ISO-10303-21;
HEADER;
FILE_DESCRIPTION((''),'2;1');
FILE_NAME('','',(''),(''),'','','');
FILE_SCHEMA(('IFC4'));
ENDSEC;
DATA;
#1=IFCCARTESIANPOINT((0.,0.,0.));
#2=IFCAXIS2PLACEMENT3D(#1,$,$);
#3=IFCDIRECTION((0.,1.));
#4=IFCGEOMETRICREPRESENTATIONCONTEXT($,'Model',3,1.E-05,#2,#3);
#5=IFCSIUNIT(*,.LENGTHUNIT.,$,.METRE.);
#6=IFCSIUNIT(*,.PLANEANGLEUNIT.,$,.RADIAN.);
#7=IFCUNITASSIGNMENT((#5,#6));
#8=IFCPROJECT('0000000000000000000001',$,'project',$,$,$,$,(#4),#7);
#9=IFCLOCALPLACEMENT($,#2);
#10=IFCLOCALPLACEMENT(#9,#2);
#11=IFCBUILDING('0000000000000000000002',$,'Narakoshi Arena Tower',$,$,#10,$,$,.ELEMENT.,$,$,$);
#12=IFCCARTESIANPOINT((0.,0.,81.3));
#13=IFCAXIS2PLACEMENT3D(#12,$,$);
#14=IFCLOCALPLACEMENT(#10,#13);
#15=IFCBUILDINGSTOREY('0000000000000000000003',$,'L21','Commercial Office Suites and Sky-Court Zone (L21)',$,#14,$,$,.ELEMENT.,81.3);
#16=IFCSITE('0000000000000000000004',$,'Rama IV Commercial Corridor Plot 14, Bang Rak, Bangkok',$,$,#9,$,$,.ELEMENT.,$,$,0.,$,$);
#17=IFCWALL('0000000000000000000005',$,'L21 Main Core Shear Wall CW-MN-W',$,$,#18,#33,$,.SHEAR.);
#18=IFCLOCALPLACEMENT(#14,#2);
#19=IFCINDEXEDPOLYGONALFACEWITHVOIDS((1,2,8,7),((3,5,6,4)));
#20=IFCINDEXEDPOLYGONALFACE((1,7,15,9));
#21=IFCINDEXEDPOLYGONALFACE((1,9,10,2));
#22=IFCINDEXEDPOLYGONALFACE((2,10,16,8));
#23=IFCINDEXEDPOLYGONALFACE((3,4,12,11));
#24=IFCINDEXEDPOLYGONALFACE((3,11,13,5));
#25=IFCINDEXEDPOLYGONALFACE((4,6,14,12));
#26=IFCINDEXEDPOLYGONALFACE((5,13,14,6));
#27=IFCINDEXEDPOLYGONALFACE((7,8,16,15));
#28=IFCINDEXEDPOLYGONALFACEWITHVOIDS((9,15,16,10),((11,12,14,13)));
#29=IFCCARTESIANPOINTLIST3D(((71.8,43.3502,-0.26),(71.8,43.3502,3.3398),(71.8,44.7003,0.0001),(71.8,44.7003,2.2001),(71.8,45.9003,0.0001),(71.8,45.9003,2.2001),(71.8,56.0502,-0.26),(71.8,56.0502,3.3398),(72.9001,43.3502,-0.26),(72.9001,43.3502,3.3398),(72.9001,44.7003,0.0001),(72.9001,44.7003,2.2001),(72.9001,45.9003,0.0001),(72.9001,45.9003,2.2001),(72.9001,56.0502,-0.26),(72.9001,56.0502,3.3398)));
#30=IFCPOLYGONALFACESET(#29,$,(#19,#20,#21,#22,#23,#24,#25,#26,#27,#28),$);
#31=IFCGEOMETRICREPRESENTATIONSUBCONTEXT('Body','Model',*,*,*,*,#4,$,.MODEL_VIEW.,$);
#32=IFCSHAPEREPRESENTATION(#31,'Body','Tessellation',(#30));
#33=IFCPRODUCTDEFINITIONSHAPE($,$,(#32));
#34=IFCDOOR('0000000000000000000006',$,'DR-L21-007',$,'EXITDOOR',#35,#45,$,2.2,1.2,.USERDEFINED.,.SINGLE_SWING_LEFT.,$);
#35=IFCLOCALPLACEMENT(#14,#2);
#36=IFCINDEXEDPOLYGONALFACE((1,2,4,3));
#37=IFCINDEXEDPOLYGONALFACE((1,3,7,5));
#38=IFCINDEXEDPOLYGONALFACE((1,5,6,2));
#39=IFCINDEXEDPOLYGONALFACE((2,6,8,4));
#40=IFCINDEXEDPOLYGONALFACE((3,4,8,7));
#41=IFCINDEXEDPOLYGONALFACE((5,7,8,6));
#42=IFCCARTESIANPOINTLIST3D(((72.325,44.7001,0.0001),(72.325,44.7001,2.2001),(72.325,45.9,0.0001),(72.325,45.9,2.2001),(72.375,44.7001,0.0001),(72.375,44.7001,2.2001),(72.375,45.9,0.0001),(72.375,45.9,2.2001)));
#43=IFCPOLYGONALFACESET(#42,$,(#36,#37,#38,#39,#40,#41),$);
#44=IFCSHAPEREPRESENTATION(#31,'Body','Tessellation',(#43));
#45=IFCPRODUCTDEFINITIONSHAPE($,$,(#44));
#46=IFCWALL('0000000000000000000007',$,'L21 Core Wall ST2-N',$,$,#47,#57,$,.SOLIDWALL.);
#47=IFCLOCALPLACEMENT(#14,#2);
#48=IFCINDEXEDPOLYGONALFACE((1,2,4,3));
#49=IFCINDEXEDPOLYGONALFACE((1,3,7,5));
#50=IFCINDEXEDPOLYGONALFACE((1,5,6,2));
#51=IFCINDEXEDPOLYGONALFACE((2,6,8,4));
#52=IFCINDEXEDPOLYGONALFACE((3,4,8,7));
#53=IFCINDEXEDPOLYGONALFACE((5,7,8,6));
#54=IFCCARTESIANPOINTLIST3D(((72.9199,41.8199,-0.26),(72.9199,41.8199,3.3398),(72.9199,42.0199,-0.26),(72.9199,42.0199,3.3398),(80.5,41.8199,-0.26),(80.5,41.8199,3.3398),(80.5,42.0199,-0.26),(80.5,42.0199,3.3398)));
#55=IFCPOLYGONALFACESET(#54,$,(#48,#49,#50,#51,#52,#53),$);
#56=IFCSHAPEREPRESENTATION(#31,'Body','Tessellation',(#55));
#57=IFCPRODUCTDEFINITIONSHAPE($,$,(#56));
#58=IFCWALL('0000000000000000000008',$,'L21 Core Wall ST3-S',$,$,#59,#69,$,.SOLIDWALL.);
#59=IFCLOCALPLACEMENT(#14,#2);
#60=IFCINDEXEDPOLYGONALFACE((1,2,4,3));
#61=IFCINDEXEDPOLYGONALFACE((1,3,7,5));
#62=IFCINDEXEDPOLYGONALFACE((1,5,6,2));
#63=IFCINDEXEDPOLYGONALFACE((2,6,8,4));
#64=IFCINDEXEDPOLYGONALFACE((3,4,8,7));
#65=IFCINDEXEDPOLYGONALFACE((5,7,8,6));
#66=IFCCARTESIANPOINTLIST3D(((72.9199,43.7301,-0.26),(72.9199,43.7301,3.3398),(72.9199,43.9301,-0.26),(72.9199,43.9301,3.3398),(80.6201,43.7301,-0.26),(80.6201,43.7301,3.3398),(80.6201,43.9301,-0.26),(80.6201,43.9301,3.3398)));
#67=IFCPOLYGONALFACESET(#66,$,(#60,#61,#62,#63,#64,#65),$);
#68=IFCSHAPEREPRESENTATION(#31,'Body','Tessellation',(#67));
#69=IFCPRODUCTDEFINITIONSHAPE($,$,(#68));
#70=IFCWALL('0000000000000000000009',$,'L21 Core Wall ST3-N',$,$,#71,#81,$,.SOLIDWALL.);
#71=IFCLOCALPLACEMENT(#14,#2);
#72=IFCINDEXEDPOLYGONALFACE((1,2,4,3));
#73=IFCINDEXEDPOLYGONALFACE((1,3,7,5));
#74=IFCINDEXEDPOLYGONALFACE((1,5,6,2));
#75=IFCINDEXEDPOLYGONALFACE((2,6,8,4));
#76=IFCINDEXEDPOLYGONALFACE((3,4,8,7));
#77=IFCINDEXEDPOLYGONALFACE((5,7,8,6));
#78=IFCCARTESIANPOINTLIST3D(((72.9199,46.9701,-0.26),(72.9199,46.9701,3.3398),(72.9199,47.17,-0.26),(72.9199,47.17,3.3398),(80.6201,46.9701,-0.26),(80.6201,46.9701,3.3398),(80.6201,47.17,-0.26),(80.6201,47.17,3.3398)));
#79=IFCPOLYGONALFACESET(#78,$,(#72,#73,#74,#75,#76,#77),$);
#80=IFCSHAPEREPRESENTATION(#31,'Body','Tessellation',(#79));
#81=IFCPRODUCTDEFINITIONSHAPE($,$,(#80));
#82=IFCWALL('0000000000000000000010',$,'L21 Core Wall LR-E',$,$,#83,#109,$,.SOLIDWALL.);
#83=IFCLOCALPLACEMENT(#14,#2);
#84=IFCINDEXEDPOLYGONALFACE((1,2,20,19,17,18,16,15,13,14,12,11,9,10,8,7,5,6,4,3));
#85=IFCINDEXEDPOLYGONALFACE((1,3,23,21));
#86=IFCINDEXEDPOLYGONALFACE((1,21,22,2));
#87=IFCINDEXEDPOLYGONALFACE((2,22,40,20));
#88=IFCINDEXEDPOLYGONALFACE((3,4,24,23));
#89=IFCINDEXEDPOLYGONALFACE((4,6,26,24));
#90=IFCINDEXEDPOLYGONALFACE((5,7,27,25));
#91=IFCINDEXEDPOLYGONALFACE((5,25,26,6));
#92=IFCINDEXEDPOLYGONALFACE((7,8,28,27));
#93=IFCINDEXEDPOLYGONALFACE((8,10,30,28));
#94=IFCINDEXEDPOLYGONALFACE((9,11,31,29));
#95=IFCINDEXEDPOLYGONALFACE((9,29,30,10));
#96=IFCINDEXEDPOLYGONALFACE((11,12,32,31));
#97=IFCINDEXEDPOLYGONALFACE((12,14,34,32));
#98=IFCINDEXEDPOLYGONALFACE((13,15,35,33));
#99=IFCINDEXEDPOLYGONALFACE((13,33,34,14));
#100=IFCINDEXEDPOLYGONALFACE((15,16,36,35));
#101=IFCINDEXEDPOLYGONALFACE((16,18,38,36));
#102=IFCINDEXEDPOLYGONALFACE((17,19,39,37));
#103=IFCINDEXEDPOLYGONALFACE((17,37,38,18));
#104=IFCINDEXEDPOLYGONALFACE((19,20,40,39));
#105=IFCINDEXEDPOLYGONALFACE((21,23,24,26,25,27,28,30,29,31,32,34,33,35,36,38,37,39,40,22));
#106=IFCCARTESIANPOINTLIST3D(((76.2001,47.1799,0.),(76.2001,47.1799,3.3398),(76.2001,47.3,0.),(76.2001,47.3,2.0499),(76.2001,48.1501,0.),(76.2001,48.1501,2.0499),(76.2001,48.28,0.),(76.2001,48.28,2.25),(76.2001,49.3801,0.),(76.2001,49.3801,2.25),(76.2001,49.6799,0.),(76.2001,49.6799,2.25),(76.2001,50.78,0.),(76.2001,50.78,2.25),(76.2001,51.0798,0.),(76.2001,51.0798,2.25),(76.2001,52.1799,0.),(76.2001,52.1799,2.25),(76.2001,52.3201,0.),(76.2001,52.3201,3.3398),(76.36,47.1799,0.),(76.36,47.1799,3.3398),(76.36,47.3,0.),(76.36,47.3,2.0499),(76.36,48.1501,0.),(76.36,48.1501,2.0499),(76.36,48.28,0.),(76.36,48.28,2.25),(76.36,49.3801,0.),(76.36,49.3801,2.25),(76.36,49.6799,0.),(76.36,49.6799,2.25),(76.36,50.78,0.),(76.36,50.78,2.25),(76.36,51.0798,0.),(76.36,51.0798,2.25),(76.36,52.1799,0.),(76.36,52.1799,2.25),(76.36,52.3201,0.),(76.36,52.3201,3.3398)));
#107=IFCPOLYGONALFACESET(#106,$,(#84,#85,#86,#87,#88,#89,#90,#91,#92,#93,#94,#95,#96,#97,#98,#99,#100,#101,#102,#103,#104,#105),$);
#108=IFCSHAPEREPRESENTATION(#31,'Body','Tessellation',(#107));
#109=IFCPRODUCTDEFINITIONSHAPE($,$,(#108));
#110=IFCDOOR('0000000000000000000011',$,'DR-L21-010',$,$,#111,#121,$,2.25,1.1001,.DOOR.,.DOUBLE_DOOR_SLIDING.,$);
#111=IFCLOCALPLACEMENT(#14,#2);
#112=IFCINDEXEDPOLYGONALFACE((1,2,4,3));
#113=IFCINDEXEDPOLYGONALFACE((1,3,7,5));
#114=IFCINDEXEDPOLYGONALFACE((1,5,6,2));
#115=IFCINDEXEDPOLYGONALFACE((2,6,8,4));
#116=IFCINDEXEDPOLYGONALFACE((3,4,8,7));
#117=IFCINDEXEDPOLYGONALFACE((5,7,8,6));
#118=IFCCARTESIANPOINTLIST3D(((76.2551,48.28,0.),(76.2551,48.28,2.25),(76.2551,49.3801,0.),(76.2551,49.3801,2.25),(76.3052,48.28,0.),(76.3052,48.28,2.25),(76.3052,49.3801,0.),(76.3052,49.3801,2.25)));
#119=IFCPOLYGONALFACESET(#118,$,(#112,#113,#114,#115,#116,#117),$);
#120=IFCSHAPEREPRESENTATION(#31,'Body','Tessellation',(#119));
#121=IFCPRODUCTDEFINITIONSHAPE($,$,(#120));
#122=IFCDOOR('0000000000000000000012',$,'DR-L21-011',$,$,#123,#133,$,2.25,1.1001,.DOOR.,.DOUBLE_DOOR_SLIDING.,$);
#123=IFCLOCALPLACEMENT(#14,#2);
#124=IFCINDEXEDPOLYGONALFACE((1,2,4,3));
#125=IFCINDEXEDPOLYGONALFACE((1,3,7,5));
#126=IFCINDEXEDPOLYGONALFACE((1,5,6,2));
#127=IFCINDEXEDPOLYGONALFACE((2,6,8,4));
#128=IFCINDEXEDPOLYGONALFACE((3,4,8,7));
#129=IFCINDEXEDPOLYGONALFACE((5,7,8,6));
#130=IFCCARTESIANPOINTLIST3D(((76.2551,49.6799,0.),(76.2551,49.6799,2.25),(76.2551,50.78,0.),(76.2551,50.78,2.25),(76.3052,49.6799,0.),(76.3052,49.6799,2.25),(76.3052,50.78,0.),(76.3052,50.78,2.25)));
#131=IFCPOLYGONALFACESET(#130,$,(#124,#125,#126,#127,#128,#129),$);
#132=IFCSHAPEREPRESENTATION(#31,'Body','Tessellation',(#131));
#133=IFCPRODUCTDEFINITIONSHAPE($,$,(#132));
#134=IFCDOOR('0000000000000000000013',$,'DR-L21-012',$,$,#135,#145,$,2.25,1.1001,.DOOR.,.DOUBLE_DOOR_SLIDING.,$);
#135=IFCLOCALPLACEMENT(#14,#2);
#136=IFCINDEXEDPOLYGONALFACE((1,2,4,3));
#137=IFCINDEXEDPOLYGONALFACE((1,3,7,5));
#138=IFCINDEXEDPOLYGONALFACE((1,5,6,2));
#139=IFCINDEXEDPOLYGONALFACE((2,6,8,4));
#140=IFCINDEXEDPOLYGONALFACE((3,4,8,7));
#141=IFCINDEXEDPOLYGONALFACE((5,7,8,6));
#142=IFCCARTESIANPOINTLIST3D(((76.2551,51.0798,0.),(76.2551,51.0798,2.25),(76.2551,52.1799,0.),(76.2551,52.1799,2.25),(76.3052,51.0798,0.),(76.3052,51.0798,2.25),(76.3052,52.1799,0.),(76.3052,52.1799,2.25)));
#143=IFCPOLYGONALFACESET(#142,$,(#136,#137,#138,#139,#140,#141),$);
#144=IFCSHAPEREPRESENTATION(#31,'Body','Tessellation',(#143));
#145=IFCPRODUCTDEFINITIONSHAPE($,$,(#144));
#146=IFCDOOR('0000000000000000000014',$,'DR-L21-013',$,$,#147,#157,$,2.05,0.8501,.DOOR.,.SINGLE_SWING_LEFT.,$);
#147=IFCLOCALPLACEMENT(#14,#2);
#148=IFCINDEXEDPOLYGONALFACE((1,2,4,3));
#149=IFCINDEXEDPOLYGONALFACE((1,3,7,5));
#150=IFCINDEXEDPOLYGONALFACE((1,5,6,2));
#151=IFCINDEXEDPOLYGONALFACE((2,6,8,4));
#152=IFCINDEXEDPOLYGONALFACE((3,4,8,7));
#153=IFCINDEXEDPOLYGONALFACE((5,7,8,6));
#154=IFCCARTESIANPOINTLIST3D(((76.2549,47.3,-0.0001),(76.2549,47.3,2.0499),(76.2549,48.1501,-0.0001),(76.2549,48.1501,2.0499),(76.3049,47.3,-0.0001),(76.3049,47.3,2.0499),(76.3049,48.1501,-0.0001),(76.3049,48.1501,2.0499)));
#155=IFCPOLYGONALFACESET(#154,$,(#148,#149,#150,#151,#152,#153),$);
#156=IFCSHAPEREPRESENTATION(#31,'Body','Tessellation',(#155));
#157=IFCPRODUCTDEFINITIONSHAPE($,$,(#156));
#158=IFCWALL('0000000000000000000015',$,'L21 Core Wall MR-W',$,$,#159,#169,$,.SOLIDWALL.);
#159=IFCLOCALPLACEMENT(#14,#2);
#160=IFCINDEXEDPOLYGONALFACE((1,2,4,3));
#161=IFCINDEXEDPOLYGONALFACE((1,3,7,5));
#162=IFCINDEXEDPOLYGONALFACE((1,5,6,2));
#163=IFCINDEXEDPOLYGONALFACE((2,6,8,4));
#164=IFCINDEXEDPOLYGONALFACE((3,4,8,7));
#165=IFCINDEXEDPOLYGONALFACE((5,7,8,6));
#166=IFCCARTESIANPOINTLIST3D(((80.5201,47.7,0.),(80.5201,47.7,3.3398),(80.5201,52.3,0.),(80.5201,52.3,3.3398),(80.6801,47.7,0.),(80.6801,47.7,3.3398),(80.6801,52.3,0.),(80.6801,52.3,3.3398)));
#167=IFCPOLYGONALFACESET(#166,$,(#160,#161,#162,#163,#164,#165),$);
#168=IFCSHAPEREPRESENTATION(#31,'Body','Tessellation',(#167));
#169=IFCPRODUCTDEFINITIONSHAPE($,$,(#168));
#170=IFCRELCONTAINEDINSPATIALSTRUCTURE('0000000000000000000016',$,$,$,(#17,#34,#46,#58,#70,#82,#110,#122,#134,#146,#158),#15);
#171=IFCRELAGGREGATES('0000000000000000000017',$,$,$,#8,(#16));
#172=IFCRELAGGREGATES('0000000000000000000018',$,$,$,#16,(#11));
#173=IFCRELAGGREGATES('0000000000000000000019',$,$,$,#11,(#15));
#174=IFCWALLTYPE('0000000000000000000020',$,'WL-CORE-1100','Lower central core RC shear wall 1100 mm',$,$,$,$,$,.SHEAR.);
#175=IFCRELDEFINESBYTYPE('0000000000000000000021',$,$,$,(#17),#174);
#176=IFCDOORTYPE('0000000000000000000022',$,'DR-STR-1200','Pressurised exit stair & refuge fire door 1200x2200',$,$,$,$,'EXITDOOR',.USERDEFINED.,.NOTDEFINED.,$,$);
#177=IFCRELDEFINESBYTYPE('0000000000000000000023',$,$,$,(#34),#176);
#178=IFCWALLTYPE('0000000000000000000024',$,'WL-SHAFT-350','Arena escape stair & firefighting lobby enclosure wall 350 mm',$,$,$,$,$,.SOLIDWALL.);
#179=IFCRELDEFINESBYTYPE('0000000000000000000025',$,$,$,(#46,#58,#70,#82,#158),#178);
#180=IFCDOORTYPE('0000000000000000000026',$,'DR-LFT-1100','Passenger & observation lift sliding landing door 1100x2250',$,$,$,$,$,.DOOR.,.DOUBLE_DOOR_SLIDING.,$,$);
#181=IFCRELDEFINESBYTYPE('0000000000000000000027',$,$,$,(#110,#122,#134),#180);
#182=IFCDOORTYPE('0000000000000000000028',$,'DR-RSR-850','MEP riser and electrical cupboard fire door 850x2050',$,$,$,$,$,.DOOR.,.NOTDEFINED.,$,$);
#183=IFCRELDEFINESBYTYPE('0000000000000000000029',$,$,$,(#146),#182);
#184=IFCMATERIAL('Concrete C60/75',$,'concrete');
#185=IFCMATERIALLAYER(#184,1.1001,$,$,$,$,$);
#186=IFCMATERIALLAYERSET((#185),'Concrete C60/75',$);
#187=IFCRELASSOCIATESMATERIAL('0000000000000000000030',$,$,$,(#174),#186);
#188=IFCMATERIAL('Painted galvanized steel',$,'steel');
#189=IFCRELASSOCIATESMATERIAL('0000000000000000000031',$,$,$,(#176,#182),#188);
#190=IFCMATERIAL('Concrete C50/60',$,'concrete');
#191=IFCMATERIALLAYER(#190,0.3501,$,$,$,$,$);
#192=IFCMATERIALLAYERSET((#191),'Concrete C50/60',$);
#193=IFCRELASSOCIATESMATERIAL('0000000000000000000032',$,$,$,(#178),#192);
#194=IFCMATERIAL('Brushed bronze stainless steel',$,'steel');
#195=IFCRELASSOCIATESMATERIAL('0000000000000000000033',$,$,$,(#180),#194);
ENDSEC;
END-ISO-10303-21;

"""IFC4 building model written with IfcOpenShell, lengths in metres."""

from ifc_helpers import new_model, si_unit, direction, frame, frame_2d, origin, place, context, subcontext, project, spatial, rectangle, extrude, material, layer, layer_set, type_object, element, fill, save


model = new_model("IFC4")

# Units and contexts
model_context = context("Model", 3, precision=1e-05, world=origin(), true_north=direction((0.0, 1.0)))
body_context = subcontext(model_context, "Body", "Model", "MODEL_VIEW")
ifc_project = project(units=[si_unit("LENGTHUNIT", "METRE"), si_unit("PLANEANGLEUNIT", "RADIAN")], contexts=[model_context])

# Site, building, storey
site_placement = place(None, origin())
site = spatial("IfcSite", under=ifc_project, at=site_placement, Name="Rama IV Commercial Corridor Plot 14, Bang Rak, Bangkok", CompositionType="ELEMENT", RefElevation=0.0)
building_placement = place(site_placement, origin())
building = spatial("IfcBuilding", under=site, at=building_placement, Name="Narakoshi Arena Tower", CompositionType="ELEMENT")
storey_placement = place(building_placement, frame((0.0, 0.0, 81.3)))
storey = spatial("IfcBuildingStorey", under=building, at=storey_placement, Name="L21", Description="Commercial Office Suites and Sky-Court Zone (L21)", CompositionType="ELEMENT", Elevation=81.3)

# Wall, opening, door
ifc_material_1 = material(Name="Concrete C60/75", Category="concrete")
ifc_layer_1 = layer(ifc_material_1, 1.1001)
ifc_layer_set_1 = layer_set([ifc_layer_1], Name="Concrete C60/75")
wall_type_1 = type_object("IfcWallType", Name="WL-CORE-1100", Description="Lower central core RC shear wall 1100 mm", PredefinedType="SHEAR", material=ifc_layer_set_1)
wall_1_placement = place(storey_placement, frame((72.3501, 43.3501, -0.26), z_axis=(0.0, 0.0, 1.0), x_axis=(0.0, 1.0, 0.0)))
wall_1 = element("IfcWall", 1, at=wall_1_placement, inside=storey, type_object=wall_type_1, Name="L21 Main Core Shear Wall CW-MN-W", PredefinedType="SHEAR", context=body_context, shape_type="SweptSolid", body=[
    extrude(rectangle(XDim=12.7, YDim=1.1001, at=frame_2d((6.3501, 0.0))), origin(), (0.0, 0.0, 1.0), 3.5999),
])
opening_1_placement = place(wall_1_placement, frame((1.3501, 0.0, 0.26)))
opening_1 = element("IfcOpeningElement", 2, at=opening_1_placement, cuts=wall_1, PredefinedType="OPENING", context=body_context, shape_type="SweptSolid", body=[
    extrude(rectangle(XDim=1.2, YDim=2.2, at=frame_2d((0.6001, 1.1001))), frame((0.0, 0.5601, 0.0), z_axis=(0.0, -1.0, 0.0), x_axis=(1.0, 0.0, 0.0)), (0.0, 0.0, 1.0), 1.1201),
])
ifc_material_2 = material(Name="Painted galvanized steel", Category="steel")
door_type_1 = type_object("IfcDoorType", Name="DR-STR-1200", Description="Pressurised exit stair & refuge fire door 1200x2200", ElementType="EXITDOOR", OperationType="NOTDEFINED", PredefinedType="USERDEFINED", material=ifc_material_2)
door_1_placement = place(opening_1_placement, frame((1.2, 0.0, 0.0), z_axis=(0.0, 0.0, 1.0), x_axis=(-1.0, 0.0, 0.0)))
door_1 = element("IfcDoor", 3, at=door_1_placement, inside=storey, type_object=door_type_1, Name="DR-L21-007", ObjectType="EXITDOOR", OperationType="SINGLE_SWING_LEFT", OverallHeight=2.2, OverallWidth=1.2, PredefinedType="USERDEFINED", context=body_context, shape_type="SweptSolid", body=[
    extrude(rectangle(XDim=1.2, YDim=2.2, at=frame_2d((0.6001, 1.1001))), frame((0.0, 0.0249, 0.0), z_axis=(0.0, -1.0, 0.0), x_axis=(1.0, 0.0, 0.0)), (0.0, 0.0, 1.0), 0.05),
])
fill(opening_1, door_1)

# Walls
ifc_material_3 = material(Name="Concrete C50/60", Category="concrete")
ifc_layer_2 = layer(ifc_material_3, 0.3501)
ifc_layer_set_2 = layer_set([ifc_layer_2], Name="Concrete C50/60")
wall_type_2 = type_object("IfcWallType", Name="WL-SHAFT-350", Description="Arena escape stair & firefighting lobby enclosure wall 350 mm", PredefinedType="SOLIDWALL", material=ifc_layer_set_2)
wall_2_placement = place(storey_placement, frame((72.9199, 41.9199, -0.26), z_axis=(0.0, 0.0, 1.0), x_axis=(1.0, 0.0, 0.0)))
element("IfcWall", 4, at=wall_2_placement, inside=storey, type_object=wall_type_2, Name="L21 Core Wall ST2-N", PredefinedType="SOLIDWALL", context=body_context, shape_type="SweptSolid", body=[
    extrude(rectangle(XDim=7.5801, YDim=0.2, at=frame_2d((3.79, 0.0))), origin(), (0.0, 0.0, 1.0), 3.5999),
])
for number, where, z_axis, x_axis, name in (
    (5, (72.9199, 43.8301, -0.26), (0.0, 0.0, 1.0), (1.0, 0.0, 0.0), "L21 Core Wall ST3-S"),
    (6, (72.9199, 47.0701, -0.26), (0.0, 0.0, 1.0), (1.0, 0.0, 0.0), "L21 Core Wall ST3-N"),
):
    element("IfcWall", number, at=place(storey_placement, frame(where, z_axis=z_axis, x_axis=x_axis)), inside=storey, type_object=wall_type_2, Name=name, PredefinedType="SOLIDWALL", context=body_context, shape_type="SweptSolid", body=[
        extrude(rectangle(XDim=7.7002, YDim=0.2, at=frame_2d((3.8501, 0.0))), origin(), (0.0, 0.0, 1.0), 3.5999),
    ])

# Wall, openings, doors
wall_3_placement = place(storey_placement, frame((76.28, 47.1799, 0.0), z_axis=(0.0, 0.0, 1.0), x_axis=(0.0, 1.0, 0.0)))
wall_3 = element("IfcWall", 7, at=wall_3_placement, inside=storey, type_object=wall_type_2, Name="L21 Core Wall LR-E", PredefinedType="SOLIDWALL", context=body_context, shape_type="SweptSolid", body=[
    extrude(rectangle(XDim=5.1401, YDim=0.1599, at=frame_2d((2.5701, 0.0))), origin(), (0.0, 0.0, 1.0), 3.3398),
])
opening_2_placement = place(wall_3_placement, frame((1.1001, 0.0, 0.0)))
opening_2 = element("IfcOpeningElement", 8, at=opening_2_placement, cuts=wall_3, PredefinedType="OPENING", context=body_context, shape_type="SweptSolid", body=[
    extrude(rectangle(XDim=1.1001, YDim=2.25, at=frame_2d((0.55, 1.125))), frame((0.0, 0.0898, 0.0), z_axis=(0.0, -1.0, 0.0), x_axis=(1.0, 0.0, 0.0)), (0.0, 0.0, 1.0), 0.1799),
])
opening_3_placement = place(wall_3_placement, frame((2.5, 0.0, 0.0)))
opening_3 = element("IfcOpeningElement", 9, at=opening_3_placement, cuts=wall_3, PredefinedType="OPENING", context=body_context, shape_type="SweptSolid", body=[
    extrude(rectangle(XDim=1.1001, YDim=2.25, at=frame_2d((0.55, 1.125))), frame((0.0, 0.0898, 0.0), z_axis=(0.0, -1.0, 0.0), x_axis=(1.0, 0.0, 0.0)), (0.0, 0.0, 1.0), 0.1799),
])
opening_4_placement = place(wall_3_placement, frame((3.8999, 0.0, 0.0)))
opening_4 = element("IfcOpeningElement", 10, at=opening_4_placement, cuts=wall_3, PredefinedType="OPENING", context=body_context, shape_type="SweptSolid", body=[
    extrude(rectangle(XDim=1.1001, YDim=2.25, at=frame_2d((0.55, 1.125))), frame((0.0, 0.0898, 0.0), z_axis=(0.0, -1.0, 0.0), x_axis=(1.0, 0.0, 0.0)), (0.0, 0.0, 1.0), 0.1799),
])
opening_5_placement = place(wall_3_placement, frame((0.1201, 0.0, 0.0)))
opening_5 = element("IfcOpeningElement", 11, at=opening_5_placement, cuts=wall_3, PredefinedType="OPENING", context=body_context, shape_type="SweptSolid", body=[
    extrude(rectangle(XDim=0.8501, YDim=2.05, at=frame_2d((0.425, 1.0249))), frame((0.0, 0.0898, 0.0), z_axis=(0.0, -1.0, 0.0), x_axis=(1.0, 0.0, 0.0)), (0.0, 0.0, 1.0), 0.1799),
])
ifc_material_4 = material(Name="Brushed bronze stainless steel", Category="steel")
door_type_2 = type_object("IfcDoorType", Name="DR-LFT-1100", Description="Passenger & observation lift sliding landing door 1100x2250", OperationType="DOUBLE_DOOR_SLIDING", PredefinedType="DOOR", material=ifc_material_4)
door_2_placement = place(opening_2_placement, origin())
door_2 = element("IfcDoor", 12, at=door_2_placement, inside=storey, type_object=door_type_2, Name="DR-L21-010", OperationType="DOUBLE_DOOR_SLIDING", OverallHeight=2.25, OverallWidth=1.1001, PredefinedType="DOOR", context=body_context, shape_type="SweptSolid", body=[
    extrude(rectangle(XDim=1.1001, YDim=2.25, at=frame_2d((0.55, 1.125))), frame((0.0, 0.0249, 0.0), z_axis=(0.0, -1.0, 0.0), x_axis=(1.0, 0.0, 0.0)), (0.0, 0.0, 1.0), 0.05),
])
fill(opening_2, door_2)
door_3_placement = place(opening_3_placement, origin())
door_3 = element("IfcDoor", 13, at=door_3_placement, inside=storey, type_object=door_type_2, Name="DR-L21-011", OperationType="DOUBLE_DOOR_SLIDING", OverallHeight=2.25, OverallWidth=1.1001, PredefinedType="DOOR", context=body_context, shape_type="SweptSolid", body=[
    extrude(rectangle(XDim=1.1001, YDim=2.25, at=frame_2d((0.55, 1.125))), frame((0.0, 0.0249, 0.0), z_axis=(0.0, -1.0, 0.0), x_axis=(1.0, 0.0, 0.0)), (0.0, 0.0, 1.0), 0.05),
])
fill(opening_3, door_3)
door_4_placement = place(opening_4_placement, origin())
door_4 = element("IfcDoor", 14, at=door_4_placement, inside=storey, type_object=door_type_2, Name="DR-L21-012", OperationType="DOUBLE_DOOR_SLIDING", OverallHeight=2.25, OverallWidth=1.1001, PredefinedType="DOOR", context=body_context, shape_type="SweptSolid", body=[
    extrude(rectangle(XDim=1.1001, YDim=2.25, at=frame_2d((0.55, 1.125))), frame((0.0, 0.0249, 0.0), z_axis=(0.0, -1.0, 0.0), x_axis=(1.0, 0.0, 0.0)), (0.0, 0.0, 1.0), 0.05),
])
fill(opening_4, door_4)
door_type_3 = type_object("IfcDoorType", Name="DR-RSR-850", Description="MEP riser and electrical cupboard fire door 850x2050", OperationType="NOTDEFINED", PredefinedType="DOOR", material=ifc_material_2)
door_5_placement = place(opening_5_placement, frame((0.8501, 0.0, 0.0), z_axis=(0.0, 0.0, 1.0), x_axis=(-1.0, 0.0, 0.0)))
door_5 = element("IfcDoor", 15, at=door_5_placement, inside=storey, type_object=door_type_3, Name="DR-L21-013", OperationType="SINGLE_SWING_LEFT", OverallHeight=2.05, OverallWidth=0.8501, PredefinedType="DOOR", context=body_context, shape_type="SweptSolid", body=[
    extrude(rectangle(XDim=0.8501, YDim=2.05, at=frame_2d((0.425, 1.0249))), frame((0.0, 0.0249, 0.0), z_axis=(0.0, -1.0, 0.0), x_axis=(1.0, 0.0, 0.0)), (0.0, 0.0, 1.0), 0.05),
])
fill(opening_5, door_5)

# Wall
wall_4_placement = place(storey_placement, frame((80.6001, 47.7, 0.0), z_axis=(0.0, 0.0, 1.0), x_axis=(0.0, 1.0, 0.0)))
element("IfcWall", 16, at=wall_4_placement, inside=storey, type_object=wall_type_2, Name="L21 Core Wall MR-W", PredefinedType="SOLIDWALL", context=body_context, shape_type="SweptSolid", body=[
    extrude(rectangle(XDim=4.6001, YDim=0.1599, at=frame_2d((2.3, 0.0))), origin(), (0.0, 0.0, 1.0), 3.3398),
])

save(model, "model.ifc")
